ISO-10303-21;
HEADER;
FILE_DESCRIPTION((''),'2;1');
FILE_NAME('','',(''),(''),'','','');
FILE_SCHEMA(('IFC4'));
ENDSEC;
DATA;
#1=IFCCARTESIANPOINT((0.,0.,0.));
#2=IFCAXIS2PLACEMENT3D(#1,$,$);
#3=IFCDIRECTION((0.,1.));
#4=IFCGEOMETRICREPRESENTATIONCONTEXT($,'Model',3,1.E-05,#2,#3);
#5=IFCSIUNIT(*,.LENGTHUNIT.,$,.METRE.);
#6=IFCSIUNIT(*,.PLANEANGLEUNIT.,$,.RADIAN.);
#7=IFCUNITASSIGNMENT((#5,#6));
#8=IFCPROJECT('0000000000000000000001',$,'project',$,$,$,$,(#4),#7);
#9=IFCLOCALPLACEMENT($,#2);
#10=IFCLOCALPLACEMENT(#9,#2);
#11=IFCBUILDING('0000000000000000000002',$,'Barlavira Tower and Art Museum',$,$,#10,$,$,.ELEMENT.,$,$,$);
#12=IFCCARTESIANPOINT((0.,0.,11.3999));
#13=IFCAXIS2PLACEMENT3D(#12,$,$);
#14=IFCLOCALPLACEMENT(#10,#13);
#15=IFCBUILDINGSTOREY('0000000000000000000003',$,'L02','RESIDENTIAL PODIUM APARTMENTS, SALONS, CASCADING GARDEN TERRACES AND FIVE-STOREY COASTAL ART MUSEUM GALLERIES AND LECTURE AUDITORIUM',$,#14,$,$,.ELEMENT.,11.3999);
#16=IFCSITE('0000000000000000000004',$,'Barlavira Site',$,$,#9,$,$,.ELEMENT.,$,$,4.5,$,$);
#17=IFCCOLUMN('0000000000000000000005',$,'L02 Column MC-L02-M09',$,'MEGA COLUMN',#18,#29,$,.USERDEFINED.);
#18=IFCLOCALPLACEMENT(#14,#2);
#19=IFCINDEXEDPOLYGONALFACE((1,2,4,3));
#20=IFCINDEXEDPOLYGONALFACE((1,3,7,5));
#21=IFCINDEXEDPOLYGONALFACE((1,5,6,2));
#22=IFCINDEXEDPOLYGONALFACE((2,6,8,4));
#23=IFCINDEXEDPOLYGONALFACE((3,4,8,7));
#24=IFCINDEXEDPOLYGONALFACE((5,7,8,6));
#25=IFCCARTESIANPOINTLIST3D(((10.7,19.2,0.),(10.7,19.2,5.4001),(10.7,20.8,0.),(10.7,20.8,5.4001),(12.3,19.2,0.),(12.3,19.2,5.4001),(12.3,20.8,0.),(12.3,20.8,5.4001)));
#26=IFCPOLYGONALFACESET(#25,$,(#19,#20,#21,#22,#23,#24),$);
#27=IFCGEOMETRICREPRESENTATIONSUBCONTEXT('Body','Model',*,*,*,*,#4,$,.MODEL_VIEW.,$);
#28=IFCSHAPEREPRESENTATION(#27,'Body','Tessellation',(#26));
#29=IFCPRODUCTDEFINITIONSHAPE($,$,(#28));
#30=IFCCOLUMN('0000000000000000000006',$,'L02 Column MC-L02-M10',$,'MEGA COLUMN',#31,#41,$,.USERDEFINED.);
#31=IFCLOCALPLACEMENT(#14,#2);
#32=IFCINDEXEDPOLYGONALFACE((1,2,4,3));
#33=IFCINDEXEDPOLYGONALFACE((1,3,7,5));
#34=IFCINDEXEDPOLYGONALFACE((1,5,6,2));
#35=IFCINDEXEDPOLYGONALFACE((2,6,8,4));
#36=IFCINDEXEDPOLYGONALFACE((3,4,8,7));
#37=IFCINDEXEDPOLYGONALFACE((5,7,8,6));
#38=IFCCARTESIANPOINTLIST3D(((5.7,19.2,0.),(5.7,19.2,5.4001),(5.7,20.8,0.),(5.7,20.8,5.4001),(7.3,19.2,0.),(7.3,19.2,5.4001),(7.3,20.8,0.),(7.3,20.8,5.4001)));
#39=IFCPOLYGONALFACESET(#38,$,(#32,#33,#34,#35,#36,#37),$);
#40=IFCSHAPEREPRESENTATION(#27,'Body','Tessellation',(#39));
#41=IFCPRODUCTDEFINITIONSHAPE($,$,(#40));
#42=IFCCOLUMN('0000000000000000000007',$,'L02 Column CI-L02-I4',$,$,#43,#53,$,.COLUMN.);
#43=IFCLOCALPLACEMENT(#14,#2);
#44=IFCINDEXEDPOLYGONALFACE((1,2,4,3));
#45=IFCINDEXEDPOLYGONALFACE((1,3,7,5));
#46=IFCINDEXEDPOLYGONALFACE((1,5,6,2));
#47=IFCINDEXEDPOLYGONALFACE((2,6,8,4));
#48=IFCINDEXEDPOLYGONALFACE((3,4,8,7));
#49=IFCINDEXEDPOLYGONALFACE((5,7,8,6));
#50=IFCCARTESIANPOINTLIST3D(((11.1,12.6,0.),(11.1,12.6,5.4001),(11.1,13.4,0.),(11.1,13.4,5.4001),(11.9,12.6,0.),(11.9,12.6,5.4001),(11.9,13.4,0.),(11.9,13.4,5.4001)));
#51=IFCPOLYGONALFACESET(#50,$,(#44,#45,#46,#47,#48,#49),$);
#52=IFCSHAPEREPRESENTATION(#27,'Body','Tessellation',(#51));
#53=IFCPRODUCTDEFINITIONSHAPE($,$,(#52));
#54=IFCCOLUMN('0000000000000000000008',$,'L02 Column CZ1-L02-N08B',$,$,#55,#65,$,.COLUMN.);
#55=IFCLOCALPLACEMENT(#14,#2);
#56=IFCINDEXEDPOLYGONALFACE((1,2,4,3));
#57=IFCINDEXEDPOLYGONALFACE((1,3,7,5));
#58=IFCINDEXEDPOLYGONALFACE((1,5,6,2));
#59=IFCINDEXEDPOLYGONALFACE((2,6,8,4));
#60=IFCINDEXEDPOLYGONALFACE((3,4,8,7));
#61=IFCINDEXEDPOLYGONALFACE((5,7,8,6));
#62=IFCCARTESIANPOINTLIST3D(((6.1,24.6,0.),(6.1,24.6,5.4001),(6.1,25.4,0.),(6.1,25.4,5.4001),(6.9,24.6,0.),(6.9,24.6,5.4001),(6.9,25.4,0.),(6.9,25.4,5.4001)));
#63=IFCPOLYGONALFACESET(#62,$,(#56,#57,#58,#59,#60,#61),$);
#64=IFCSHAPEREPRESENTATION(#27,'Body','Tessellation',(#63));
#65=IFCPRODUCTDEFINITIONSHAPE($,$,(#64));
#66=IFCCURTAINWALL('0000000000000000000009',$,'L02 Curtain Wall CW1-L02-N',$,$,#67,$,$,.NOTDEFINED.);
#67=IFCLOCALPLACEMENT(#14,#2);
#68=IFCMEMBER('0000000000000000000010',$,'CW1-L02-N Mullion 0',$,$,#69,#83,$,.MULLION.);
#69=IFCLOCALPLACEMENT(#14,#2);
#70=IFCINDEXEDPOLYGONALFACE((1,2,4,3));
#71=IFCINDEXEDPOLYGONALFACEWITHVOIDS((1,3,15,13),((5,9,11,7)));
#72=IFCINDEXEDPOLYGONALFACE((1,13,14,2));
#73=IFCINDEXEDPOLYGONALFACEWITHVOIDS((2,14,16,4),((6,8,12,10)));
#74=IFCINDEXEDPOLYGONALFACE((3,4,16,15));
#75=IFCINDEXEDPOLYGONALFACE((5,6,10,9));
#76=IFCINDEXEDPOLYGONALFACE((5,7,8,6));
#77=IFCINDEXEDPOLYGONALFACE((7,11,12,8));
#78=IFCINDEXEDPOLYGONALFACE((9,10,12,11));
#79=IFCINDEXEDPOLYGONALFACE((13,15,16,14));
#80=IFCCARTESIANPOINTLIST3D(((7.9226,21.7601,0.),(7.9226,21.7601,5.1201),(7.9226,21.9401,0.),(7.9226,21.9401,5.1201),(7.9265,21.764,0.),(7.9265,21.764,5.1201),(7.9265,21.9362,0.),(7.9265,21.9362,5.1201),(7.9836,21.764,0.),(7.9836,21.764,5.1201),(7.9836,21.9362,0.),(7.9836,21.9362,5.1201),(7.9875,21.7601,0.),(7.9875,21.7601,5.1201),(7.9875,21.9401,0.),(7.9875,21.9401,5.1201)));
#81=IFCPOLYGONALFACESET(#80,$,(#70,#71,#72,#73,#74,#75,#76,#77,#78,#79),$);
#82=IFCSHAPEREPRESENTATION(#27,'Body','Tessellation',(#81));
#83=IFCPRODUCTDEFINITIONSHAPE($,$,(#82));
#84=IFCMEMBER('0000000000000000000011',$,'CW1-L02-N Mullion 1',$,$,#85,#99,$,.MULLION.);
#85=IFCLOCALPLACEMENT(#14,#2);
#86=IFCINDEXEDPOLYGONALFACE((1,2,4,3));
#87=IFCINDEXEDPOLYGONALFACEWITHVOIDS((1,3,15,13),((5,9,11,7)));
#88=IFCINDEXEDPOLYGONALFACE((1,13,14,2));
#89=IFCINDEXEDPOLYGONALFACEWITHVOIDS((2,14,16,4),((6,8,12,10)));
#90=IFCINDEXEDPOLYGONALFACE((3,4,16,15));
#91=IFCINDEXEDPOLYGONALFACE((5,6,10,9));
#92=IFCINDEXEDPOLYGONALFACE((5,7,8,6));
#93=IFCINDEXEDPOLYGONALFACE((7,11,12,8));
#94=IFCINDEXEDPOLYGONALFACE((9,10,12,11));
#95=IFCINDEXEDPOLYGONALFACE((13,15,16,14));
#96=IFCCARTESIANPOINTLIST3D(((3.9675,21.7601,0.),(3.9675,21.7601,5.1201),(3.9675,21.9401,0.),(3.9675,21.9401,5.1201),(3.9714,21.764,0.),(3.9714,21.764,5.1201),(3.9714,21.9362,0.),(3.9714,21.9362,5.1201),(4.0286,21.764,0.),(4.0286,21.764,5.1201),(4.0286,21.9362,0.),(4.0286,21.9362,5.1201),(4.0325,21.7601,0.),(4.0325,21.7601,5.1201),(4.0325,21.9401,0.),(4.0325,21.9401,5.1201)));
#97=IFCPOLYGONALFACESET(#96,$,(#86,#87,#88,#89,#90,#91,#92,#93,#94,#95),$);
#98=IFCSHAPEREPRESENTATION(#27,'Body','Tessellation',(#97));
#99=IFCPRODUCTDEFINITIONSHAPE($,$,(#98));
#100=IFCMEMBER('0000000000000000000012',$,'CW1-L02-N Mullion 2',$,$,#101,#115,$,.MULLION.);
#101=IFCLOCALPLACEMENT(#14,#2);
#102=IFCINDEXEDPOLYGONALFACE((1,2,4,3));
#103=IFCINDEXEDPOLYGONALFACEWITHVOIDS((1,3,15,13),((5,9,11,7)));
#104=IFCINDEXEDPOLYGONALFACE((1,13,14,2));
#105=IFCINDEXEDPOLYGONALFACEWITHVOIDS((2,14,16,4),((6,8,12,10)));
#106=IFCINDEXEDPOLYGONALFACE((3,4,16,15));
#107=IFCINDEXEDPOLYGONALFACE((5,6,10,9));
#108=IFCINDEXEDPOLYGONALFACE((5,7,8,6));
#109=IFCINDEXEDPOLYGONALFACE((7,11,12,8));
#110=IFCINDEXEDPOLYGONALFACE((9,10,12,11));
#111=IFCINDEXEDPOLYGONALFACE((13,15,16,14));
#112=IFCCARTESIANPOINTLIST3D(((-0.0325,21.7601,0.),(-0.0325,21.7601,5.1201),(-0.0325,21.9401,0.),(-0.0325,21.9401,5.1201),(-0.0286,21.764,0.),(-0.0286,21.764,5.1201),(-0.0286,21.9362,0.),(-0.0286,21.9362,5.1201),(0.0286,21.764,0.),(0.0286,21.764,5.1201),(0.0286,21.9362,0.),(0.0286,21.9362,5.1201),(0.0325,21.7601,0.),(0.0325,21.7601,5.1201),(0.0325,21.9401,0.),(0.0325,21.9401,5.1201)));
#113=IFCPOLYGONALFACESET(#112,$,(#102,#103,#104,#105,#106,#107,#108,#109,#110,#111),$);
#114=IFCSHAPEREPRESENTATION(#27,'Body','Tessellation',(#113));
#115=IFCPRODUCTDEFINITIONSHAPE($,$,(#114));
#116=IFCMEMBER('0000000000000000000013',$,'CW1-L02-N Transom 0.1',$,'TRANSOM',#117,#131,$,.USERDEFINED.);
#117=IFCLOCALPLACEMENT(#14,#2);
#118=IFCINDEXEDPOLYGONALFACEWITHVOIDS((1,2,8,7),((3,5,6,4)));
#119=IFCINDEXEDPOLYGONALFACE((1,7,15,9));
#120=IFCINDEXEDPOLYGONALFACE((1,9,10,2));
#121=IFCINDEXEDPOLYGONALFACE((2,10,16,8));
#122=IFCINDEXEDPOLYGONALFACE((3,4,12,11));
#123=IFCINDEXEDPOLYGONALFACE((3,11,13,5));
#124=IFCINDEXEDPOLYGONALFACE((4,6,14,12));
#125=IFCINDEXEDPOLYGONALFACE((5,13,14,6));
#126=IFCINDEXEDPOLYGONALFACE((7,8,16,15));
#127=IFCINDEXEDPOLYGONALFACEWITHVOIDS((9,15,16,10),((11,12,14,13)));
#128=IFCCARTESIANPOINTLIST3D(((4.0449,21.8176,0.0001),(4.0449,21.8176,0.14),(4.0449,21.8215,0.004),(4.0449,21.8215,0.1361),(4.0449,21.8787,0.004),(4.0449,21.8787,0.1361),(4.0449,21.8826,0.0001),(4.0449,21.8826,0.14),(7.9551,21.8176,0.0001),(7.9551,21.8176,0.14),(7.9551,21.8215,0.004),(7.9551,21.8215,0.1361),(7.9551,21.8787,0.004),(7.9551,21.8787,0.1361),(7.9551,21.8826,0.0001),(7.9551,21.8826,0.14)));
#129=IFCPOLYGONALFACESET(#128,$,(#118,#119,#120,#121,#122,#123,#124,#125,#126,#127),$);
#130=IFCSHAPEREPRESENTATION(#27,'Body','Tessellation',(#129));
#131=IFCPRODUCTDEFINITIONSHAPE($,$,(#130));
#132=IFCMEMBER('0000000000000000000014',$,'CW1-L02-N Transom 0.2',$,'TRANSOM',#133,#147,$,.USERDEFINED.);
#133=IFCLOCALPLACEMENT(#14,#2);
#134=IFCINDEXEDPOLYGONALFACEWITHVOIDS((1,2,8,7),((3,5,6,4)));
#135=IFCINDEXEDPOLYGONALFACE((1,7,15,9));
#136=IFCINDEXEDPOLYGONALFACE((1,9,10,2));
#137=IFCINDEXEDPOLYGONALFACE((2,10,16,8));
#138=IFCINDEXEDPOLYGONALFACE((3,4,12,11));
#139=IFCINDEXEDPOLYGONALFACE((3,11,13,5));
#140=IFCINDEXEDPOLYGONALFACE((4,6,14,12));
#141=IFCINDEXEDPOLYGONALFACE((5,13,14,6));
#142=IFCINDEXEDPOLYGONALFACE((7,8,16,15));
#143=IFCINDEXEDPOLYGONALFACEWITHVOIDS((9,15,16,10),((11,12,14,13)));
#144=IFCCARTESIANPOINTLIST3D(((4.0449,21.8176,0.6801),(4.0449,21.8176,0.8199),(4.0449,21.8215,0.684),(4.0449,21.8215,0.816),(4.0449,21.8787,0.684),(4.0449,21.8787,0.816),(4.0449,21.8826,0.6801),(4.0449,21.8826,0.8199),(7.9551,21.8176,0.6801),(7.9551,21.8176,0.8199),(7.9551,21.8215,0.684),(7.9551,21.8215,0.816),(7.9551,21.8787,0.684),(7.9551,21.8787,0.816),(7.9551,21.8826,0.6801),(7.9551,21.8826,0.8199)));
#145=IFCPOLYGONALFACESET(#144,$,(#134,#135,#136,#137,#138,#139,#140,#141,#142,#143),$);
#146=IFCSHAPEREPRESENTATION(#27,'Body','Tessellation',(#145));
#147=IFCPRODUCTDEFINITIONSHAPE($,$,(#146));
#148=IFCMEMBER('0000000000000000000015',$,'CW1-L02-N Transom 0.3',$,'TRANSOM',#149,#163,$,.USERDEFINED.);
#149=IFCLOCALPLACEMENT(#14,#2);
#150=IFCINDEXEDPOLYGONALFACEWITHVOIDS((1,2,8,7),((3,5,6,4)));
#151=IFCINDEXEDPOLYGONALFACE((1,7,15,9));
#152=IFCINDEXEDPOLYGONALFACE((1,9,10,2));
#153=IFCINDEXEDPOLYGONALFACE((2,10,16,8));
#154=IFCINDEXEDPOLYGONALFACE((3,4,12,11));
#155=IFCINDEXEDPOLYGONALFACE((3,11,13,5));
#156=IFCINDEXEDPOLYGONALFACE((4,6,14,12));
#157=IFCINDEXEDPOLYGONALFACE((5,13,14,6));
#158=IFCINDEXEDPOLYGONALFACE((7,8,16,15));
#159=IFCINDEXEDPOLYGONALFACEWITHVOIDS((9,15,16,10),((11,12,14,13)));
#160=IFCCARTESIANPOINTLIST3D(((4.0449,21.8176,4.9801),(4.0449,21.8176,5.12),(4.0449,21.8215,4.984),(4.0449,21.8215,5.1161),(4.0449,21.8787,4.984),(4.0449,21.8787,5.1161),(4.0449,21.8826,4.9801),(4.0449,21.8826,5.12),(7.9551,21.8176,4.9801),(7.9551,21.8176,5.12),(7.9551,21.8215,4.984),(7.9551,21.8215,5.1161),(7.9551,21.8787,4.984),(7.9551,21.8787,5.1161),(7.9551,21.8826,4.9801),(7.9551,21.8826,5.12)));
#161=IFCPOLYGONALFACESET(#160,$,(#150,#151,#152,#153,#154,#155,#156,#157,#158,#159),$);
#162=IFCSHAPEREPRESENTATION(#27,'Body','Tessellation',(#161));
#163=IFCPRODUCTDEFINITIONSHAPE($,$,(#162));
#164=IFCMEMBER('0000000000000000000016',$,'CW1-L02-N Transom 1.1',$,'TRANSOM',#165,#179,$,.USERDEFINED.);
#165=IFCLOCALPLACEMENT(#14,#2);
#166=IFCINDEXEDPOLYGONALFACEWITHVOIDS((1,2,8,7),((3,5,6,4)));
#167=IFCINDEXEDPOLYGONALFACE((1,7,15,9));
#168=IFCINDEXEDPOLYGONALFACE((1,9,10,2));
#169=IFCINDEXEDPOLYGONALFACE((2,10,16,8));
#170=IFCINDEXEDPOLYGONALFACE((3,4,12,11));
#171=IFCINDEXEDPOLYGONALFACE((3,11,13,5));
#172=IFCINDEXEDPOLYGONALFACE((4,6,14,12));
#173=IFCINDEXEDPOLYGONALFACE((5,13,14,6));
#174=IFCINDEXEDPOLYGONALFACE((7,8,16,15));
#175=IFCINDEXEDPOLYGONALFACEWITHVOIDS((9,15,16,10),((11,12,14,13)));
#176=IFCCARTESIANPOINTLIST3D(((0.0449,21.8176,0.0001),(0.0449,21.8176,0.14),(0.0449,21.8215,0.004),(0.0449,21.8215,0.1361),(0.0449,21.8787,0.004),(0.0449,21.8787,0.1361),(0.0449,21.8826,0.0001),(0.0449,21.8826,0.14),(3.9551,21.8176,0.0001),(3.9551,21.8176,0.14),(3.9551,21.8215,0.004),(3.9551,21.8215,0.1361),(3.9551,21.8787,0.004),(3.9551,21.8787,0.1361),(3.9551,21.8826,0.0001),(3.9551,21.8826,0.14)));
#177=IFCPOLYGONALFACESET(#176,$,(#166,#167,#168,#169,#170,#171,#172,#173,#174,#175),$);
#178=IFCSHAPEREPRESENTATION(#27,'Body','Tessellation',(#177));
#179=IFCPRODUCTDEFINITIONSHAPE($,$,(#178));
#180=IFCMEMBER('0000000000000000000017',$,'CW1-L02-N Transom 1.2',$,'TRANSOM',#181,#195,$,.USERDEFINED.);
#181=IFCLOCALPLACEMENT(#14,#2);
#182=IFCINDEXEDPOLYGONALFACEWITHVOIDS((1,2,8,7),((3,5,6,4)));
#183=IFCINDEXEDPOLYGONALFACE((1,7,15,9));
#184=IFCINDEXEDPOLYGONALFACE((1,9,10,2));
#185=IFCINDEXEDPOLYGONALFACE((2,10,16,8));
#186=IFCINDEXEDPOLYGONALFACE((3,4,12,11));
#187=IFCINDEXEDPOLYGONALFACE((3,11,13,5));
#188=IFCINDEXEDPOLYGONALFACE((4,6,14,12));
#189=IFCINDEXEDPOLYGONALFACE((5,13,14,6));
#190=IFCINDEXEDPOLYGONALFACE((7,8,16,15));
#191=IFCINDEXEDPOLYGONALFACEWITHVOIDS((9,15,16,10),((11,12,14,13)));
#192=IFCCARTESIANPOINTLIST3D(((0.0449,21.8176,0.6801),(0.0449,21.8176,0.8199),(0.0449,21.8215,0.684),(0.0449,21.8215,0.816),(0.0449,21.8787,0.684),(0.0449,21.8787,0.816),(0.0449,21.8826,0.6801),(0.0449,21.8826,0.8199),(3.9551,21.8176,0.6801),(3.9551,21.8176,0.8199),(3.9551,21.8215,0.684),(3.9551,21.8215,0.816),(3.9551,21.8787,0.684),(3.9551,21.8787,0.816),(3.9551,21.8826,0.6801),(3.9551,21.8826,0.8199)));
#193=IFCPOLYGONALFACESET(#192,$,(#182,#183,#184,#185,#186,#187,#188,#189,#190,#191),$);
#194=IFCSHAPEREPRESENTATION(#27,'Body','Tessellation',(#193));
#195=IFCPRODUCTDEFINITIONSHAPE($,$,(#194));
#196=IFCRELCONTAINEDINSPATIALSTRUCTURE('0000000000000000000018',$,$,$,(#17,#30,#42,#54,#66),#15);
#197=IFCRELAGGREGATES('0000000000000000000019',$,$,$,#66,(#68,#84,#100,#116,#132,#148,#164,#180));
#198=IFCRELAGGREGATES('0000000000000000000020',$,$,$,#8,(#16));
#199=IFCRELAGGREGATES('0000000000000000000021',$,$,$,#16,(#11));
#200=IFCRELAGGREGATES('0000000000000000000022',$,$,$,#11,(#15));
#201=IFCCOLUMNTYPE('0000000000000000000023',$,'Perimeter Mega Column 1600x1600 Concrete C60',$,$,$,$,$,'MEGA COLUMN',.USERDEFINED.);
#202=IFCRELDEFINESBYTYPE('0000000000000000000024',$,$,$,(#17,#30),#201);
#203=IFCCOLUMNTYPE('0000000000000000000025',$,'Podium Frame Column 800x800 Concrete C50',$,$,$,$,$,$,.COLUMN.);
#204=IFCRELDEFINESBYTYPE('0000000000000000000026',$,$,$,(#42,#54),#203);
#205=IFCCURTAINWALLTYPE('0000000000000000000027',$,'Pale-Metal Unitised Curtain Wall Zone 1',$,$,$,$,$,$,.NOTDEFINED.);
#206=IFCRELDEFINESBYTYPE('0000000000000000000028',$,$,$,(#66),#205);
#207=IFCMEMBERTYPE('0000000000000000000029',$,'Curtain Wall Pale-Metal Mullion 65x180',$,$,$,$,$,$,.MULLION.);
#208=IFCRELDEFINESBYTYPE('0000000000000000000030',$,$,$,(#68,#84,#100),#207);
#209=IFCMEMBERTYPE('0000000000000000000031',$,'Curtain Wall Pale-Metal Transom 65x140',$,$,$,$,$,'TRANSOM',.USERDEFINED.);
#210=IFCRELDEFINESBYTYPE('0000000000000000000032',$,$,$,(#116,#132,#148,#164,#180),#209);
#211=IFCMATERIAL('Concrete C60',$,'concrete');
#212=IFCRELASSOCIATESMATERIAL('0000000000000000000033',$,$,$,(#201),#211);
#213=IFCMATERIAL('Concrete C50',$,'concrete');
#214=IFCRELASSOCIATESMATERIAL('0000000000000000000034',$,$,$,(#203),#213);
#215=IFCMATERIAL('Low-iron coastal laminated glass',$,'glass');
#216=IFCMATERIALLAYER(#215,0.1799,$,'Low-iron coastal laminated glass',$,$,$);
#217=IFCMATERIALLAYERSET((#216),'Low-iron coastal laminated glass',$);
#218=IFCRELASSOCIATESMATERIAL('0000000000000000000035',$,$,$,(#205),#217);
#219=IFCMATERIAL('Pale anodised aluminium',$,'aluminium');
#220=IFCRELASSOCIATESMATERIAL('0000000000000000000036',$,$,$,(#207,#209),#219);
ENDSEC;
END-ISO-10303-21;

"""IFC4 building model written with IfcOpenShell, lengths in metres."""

from ifc_helpers import new_model, si_unit, direction, frame, origin, origin_2d, place, context, subcontext, project, spatial, rectangle, hollow_rectangle, extrude, material, layer, layer_set, material_profile, profile_set, type_object, element, aggregate, save


model = new_model("IFC4")

# Units and contexts
model_context = context("Model", 3, precision=1e-05, world=origin(), true_north=direction((0.0, 1.0)))
body_context = subcontext(model_context, "Body", "Model", "MODEL_VIEW")
ifc_project = project(units=[si_unit("LENGTHUNIT", "METRE"), si_unit("PLANEANGLEUNIT", "RADIAN")], contexts=[model_context])

# Site, building, storey
site_placement = place(None, origin())
site = spatial("IfcSite", under=ifc_project, at=site_placement, Name="Barlavira Site", CompositionType="ELEMENT", RefElevation=4.5)
building_placement = place(site_placement, origin())
building = spatial("IfcBuilding", under=site, at=building_placement, Name="Barlavira Tower and Art Museum", CompositionType="ELEMENT")
storey_placement = place(building_placement, frame((0.0, 0.0, 11.3999)))
storey = spatial("IfcBuildingStorey", under=building, at=storey_placement, Name="L02", Description="RESIDENTIAL PODIUM APARTMENTS, SALONS, CASCADING GARDEN TERRACES AND FIVE-STOREY COASTAL ART MUSEUM GALLERIES AND LECTURE AUDITORIUM", CompositionType="ELEMENT", Elevation=11.3999)

# Columns
ifc_material_1 = material(Name="Concrete C60", Category="concrete")
ifc_material_profile_1 = material_profile(ifc_material_1, rectangle(XDim=1.6001, YDim=1.6001, at=origin_2d()), Name="RC-MCOL 1600x1600")
ifc_profile_set_1 = profile_set([ifc_material_profile_1], Name="Concrete C60")
column_type_1 = type_object("IfcColumnType", Name="Perimeter Mega Column 1600x1600 Concrete C60", ElementType="MEGA COLUMN", PredefinedType="USERDEFINED", material=ifc_profile_set_1)
for number, where, z_axis, x_axis, name in (
    (1, (11.5, 20.0, 0.0), (0.0, 0.0, 1.0), (1.0, 0.0, 0.0), "L02 Column MC-L02-M09"),
    (2, (6.5, 20.0, 0.0), (0.0, 0.0, 1.0), (1.0, 0.0, 0.0), "L02 Column MC-L02-M10"),
):
    element("IfcColumn", number, at=place(storey_placement, frame(where, z_axis=z_axis, x_axis=x_axis)), inside=storey, type_object=column_type_1, Name=name, ObjectType="MEGA COLUMN", PredefinedType="USERDEFINED", context=body_context, shape_type="SweptSolid", body=[
        extrude(rectangle(XDim=1.6001, YDim=1.6001, at=origin_2d()), origin(), (0.0, 0.0, 1.0), 5.4001),
    ])
ifc_material_2 = material(Name="Concrete C50", Category="concrete")
ifc_material_profile_2 = material_profile(ifc_material_2, rectangle(XDim=0.8, YDim=0.8, at=origin_2d()), Name="RC-COL 800x800")
ifc_profile_set_2 = profile_set([ifc_material_profile_2], Name="Concrete C50")
column_type_2 = type_object("IfcColumnType", Name="Podium Frame Column 800x800 Concrete C50", PredefinedType="COLUMN", material=ifc_profile_set_2)
for number, where, z_axis, x_axis, name in (
    (3, (11.5, 13.0, 0.0), (0.0, 0.0, 1.0), (1.0, 0.0, 0.0), "L02 Column CI-L02-I4"),
    (4, (6.5, 25.0, 0.0), (0.0, 0.0, 1.0), (1.0, 0.0, 0.0), "L02 Column CZ1-L02-N08B"),
):
    element("IfcColumn", number, at=place(storey_placement, frame(where, z_axis=z_axis, x_axis=x_axis)), inside=storey, type_object=column_type_2, Name=name, PredefinedType="COLUMN", context=body_context, shape_type="SweptSolid", body=[
        extrude(rectangle(XDim=0.8, YDim=0.8, at=origin_2d()), origin(), (0.0, 0.0, 1.0), 5.4001),
    ])

# Curtain wall, members
ifc_material_3 = material(Name="Low-iron coastal laminated glass", Category="glass")
ifc_layer_1 = layer(ifc_material_3, 0.1799, Name="Low-iron coastal laminated glass")
ifc_layer_set_1 = layer_set([ifc_layer_1], Name="Low-iron coastal laminated glass")
curtain_wall_type = type_object("IfcCurtainWallType", Name="Pale-Metal Unitised Curtain Wall Zone 1", PredefinedType="NOTDEFINED", material=ifc_layer_set_1)
curtain_wall_placement = place(storey_placement, origin())
curtain_wall = element("IfcCurtainWall", 5, at=curtain_wall_placement, inside=storey, type_object=curtain_wall_type, Name="L02 Curtain Wall CW1-L02-N", PredefinedType="NOTDEFINED")
ifc_material_4 = material(Name="Pale anodised aluminium", Category="aluminium")
ifc_material_profile_3 = material_profile(ifc_material_4, hollow_rectangle(XDim=0.0649, YDim=0.1799, WallThickness=0.0039, at=origin_2d()), Name="ALU-MULL 65x180x4")
ifc_profile_set_3 = profile_set([ifc_material_profile_3], Name="Pale anodised aluminium")
member_type_1 = type_object("IfcMemberType", Name="Curtain Wall Pale-Metal Mullion 65x180", PredefinedType="MULLION", material=ifc_profile_set_3)
member_1_placement = place(storey_placement, frame((7.9551, 21.8501, 0.0), z_axis=(0.0, 0.0, 1.0), x_axis=(-1.0, 0.0, 0.0)))
member_1 = element("IfcMember", 6, at=member_1_placement, type_object=member_type_1, Name="CW1-L02-N Mullion 0", PredefinedType="MULLION", context=body_context, shape_type="SweptSolid", body=[
    extrude(hollow_rectangle(XDim=0.0649, YDim=0.1799, WallThickness=0.0039, at=origin_2d()), origin(), (0.0, 0.0, 1.0), 5.1201),
])
member_2_placement = place(storey_placement, frame((4.0, 21.8501, 0.0), z_axis=(0.0, 0.0, 1.0), x_axis=(-1.0, 0.0, 0.0)))
member_2 = element("IfcMember", 7, at=member_2_placement, type_object=member_type_1, Name="CW1-L02-N Mullion 1", PredefinedType="MULLION", context=body_context, shape_type="SweptSolid", body=[
    extrude(hollow_rectangle(XDim=0.0649, YDim=0.1799, WallThickness=0.0039, at=origin_2d()), origin(), (0.0, 0.0, 1.0), 5.1201),
])
member_3_placement = place(storey_placement, frame((0.0, 21.8501, 0.0), z_axis=(0.0, 0.0, 1.0), x_axis=(-1.0, 0.0, 0.0)))
member_3 = element("IfcMember", 8, at=member_3_placement, type_object=member_type_1, Name="CW1-L02-N Mullion 2", PredefinedType="MULLION", context=body_context, shape_type="SweptSolid", body=[
    extrude(hollow_rectangle(XDim=0.0649, YDim=0.1799, WallThickness=0.0039, at=origin_2d()), origin(), (0.0, 0.0, 1.0), 5.1201),
])
ifc_material_profile_4 = material_profile(ifc_material_4, hollow_rectangle(XDim=0.0649, YDim=0.1399, WallThickness=0.0039, at=origin_2d()), Name="ALU-TRAN 65x140x4")
ifc_profile_set_4 = profile_set([ifc_material_profile_4], Name="Pale anodised aluminium")
member_type_2 = type_object("IfcMemberType", Name="Curtain Wall Pale-Metal Transom 65x140", ElementType="TRANSOM", PredefinedType="USERDEFINED", material=ifc_profile_set_4)
member_4_placement = place(storey_placement, frame((7.9551, 21.8501, 0.0701), z_axis=(-1.0, 0.0, 0.0), x_axis=(0.0, -1.0, 0.0)))
member_4 = element("IfcMember", 9, at=member_4_placement, type_object=member_type_2, Name="CW1-L02-N Transom 0.1", ObjectType="TRANSOM", PredefinedType="USERDEFINED", context=body_context, shape_type="SweptSolid", body=[
    extrude(hollow_rectangle(XDim=0.0649, YDim=0.1399, WallThickness=0.0039, at=origin_2d()), origin(), (0.0, 0.0, 1.0), 3.9102),
])
member_5_placement = place(storey_placement, frame((7.9551, 21.8501, 0.75), z_axis=(-1.0, 0.0, 0.0), x_axis=(0.0, -1.0, 0.0)))
member_5 = element("IfcMember", 10, at=member_5_placement, type_object=member_type_2, Name="CW1-L02-N Transom 0.2", ObjectType="TRANSOM", PredefinedType="USERDEFINED", context=body_context, shape_type="SweptSolid", body=[
    extrude(hollow_rectangle(XDim=0.0649, YDim=0.1399, WallThickness=0.0039, at=origin_2d()), origin(), (0.0, 0.0, 1.0), 3.9102),
])
member_6_placement = place(storey_placement, frame((7.9551, 21.8501, 5.05), z_axis=(-1.0, 0.0, 0.0), x_axis=(0.0, -1.0, 0.0)))
member_6 = element("IfcMember", 11, at=member_6_placement, type_object=member_type_2, Name="CW1-L02-N Transom 0.3", ObjectType="TRANSOM", PredefinedType="USERDEFINED", context=body_context, shape_type="SweptSolid", body=[
    extrude(hollow_rectangle(XDim=0.0649, YDim=0.1399, WallThickness=0.0039, at=origin_2d()), origin(), (0.0, 0.0, 1.0), 3.9102),
])
member_7_placement = place(storey_placement, frame((3.9551, 21.8501, 0.0701), z_axis=(-1.0, 0.0, 0.0), x_axis=(0.0, -1.0, 0.0)))
member_7 = element("IfcMember", 12, at=member_7_placement, type_object=member_type_2, Name="CW1-L02-N Transom 1.1", ObjectType="TRANSOM", PredefinedType="USERDEFINED", context=body_context, shape_type="SweptSolid", body=[
    extrude(hollow_rectangle(XDim=0.0649, YDim=0.1399, WallThickness=0.0039, at=origin_2d()), origin(), (0.0, 0.0, 1.0), 3.9102),
])
member_8_placement = place(storey_placement, frame((3.9551, 21.8501, 0.75), z_axis=(-1.0, 0.0, 0.0), x_axis=(0.0, -1.0, 0.0)))
member_8 = element("IfcMember", 13, at=member_8_placement, type_object=member_type_2, Name="CW1-L02-N Transom 1.2", ObjectType="TRANSOM", PredefinedType="USERDEFINED", context=body_context, shape_type="SweptSolid", body=[
    extrude(hollow_rectangle(XDim=0.0649, YDim=0.1399, WallThickness=0.0039, at=origin_2d()), origin(), (0.0, 0.0, 1.0), 3.9102),
])

aggregate(curtain_wall, [member_1, member_2, member_3, member_4, member_5, member_6, member_7, member_8])

save(model, "model.ifc")
